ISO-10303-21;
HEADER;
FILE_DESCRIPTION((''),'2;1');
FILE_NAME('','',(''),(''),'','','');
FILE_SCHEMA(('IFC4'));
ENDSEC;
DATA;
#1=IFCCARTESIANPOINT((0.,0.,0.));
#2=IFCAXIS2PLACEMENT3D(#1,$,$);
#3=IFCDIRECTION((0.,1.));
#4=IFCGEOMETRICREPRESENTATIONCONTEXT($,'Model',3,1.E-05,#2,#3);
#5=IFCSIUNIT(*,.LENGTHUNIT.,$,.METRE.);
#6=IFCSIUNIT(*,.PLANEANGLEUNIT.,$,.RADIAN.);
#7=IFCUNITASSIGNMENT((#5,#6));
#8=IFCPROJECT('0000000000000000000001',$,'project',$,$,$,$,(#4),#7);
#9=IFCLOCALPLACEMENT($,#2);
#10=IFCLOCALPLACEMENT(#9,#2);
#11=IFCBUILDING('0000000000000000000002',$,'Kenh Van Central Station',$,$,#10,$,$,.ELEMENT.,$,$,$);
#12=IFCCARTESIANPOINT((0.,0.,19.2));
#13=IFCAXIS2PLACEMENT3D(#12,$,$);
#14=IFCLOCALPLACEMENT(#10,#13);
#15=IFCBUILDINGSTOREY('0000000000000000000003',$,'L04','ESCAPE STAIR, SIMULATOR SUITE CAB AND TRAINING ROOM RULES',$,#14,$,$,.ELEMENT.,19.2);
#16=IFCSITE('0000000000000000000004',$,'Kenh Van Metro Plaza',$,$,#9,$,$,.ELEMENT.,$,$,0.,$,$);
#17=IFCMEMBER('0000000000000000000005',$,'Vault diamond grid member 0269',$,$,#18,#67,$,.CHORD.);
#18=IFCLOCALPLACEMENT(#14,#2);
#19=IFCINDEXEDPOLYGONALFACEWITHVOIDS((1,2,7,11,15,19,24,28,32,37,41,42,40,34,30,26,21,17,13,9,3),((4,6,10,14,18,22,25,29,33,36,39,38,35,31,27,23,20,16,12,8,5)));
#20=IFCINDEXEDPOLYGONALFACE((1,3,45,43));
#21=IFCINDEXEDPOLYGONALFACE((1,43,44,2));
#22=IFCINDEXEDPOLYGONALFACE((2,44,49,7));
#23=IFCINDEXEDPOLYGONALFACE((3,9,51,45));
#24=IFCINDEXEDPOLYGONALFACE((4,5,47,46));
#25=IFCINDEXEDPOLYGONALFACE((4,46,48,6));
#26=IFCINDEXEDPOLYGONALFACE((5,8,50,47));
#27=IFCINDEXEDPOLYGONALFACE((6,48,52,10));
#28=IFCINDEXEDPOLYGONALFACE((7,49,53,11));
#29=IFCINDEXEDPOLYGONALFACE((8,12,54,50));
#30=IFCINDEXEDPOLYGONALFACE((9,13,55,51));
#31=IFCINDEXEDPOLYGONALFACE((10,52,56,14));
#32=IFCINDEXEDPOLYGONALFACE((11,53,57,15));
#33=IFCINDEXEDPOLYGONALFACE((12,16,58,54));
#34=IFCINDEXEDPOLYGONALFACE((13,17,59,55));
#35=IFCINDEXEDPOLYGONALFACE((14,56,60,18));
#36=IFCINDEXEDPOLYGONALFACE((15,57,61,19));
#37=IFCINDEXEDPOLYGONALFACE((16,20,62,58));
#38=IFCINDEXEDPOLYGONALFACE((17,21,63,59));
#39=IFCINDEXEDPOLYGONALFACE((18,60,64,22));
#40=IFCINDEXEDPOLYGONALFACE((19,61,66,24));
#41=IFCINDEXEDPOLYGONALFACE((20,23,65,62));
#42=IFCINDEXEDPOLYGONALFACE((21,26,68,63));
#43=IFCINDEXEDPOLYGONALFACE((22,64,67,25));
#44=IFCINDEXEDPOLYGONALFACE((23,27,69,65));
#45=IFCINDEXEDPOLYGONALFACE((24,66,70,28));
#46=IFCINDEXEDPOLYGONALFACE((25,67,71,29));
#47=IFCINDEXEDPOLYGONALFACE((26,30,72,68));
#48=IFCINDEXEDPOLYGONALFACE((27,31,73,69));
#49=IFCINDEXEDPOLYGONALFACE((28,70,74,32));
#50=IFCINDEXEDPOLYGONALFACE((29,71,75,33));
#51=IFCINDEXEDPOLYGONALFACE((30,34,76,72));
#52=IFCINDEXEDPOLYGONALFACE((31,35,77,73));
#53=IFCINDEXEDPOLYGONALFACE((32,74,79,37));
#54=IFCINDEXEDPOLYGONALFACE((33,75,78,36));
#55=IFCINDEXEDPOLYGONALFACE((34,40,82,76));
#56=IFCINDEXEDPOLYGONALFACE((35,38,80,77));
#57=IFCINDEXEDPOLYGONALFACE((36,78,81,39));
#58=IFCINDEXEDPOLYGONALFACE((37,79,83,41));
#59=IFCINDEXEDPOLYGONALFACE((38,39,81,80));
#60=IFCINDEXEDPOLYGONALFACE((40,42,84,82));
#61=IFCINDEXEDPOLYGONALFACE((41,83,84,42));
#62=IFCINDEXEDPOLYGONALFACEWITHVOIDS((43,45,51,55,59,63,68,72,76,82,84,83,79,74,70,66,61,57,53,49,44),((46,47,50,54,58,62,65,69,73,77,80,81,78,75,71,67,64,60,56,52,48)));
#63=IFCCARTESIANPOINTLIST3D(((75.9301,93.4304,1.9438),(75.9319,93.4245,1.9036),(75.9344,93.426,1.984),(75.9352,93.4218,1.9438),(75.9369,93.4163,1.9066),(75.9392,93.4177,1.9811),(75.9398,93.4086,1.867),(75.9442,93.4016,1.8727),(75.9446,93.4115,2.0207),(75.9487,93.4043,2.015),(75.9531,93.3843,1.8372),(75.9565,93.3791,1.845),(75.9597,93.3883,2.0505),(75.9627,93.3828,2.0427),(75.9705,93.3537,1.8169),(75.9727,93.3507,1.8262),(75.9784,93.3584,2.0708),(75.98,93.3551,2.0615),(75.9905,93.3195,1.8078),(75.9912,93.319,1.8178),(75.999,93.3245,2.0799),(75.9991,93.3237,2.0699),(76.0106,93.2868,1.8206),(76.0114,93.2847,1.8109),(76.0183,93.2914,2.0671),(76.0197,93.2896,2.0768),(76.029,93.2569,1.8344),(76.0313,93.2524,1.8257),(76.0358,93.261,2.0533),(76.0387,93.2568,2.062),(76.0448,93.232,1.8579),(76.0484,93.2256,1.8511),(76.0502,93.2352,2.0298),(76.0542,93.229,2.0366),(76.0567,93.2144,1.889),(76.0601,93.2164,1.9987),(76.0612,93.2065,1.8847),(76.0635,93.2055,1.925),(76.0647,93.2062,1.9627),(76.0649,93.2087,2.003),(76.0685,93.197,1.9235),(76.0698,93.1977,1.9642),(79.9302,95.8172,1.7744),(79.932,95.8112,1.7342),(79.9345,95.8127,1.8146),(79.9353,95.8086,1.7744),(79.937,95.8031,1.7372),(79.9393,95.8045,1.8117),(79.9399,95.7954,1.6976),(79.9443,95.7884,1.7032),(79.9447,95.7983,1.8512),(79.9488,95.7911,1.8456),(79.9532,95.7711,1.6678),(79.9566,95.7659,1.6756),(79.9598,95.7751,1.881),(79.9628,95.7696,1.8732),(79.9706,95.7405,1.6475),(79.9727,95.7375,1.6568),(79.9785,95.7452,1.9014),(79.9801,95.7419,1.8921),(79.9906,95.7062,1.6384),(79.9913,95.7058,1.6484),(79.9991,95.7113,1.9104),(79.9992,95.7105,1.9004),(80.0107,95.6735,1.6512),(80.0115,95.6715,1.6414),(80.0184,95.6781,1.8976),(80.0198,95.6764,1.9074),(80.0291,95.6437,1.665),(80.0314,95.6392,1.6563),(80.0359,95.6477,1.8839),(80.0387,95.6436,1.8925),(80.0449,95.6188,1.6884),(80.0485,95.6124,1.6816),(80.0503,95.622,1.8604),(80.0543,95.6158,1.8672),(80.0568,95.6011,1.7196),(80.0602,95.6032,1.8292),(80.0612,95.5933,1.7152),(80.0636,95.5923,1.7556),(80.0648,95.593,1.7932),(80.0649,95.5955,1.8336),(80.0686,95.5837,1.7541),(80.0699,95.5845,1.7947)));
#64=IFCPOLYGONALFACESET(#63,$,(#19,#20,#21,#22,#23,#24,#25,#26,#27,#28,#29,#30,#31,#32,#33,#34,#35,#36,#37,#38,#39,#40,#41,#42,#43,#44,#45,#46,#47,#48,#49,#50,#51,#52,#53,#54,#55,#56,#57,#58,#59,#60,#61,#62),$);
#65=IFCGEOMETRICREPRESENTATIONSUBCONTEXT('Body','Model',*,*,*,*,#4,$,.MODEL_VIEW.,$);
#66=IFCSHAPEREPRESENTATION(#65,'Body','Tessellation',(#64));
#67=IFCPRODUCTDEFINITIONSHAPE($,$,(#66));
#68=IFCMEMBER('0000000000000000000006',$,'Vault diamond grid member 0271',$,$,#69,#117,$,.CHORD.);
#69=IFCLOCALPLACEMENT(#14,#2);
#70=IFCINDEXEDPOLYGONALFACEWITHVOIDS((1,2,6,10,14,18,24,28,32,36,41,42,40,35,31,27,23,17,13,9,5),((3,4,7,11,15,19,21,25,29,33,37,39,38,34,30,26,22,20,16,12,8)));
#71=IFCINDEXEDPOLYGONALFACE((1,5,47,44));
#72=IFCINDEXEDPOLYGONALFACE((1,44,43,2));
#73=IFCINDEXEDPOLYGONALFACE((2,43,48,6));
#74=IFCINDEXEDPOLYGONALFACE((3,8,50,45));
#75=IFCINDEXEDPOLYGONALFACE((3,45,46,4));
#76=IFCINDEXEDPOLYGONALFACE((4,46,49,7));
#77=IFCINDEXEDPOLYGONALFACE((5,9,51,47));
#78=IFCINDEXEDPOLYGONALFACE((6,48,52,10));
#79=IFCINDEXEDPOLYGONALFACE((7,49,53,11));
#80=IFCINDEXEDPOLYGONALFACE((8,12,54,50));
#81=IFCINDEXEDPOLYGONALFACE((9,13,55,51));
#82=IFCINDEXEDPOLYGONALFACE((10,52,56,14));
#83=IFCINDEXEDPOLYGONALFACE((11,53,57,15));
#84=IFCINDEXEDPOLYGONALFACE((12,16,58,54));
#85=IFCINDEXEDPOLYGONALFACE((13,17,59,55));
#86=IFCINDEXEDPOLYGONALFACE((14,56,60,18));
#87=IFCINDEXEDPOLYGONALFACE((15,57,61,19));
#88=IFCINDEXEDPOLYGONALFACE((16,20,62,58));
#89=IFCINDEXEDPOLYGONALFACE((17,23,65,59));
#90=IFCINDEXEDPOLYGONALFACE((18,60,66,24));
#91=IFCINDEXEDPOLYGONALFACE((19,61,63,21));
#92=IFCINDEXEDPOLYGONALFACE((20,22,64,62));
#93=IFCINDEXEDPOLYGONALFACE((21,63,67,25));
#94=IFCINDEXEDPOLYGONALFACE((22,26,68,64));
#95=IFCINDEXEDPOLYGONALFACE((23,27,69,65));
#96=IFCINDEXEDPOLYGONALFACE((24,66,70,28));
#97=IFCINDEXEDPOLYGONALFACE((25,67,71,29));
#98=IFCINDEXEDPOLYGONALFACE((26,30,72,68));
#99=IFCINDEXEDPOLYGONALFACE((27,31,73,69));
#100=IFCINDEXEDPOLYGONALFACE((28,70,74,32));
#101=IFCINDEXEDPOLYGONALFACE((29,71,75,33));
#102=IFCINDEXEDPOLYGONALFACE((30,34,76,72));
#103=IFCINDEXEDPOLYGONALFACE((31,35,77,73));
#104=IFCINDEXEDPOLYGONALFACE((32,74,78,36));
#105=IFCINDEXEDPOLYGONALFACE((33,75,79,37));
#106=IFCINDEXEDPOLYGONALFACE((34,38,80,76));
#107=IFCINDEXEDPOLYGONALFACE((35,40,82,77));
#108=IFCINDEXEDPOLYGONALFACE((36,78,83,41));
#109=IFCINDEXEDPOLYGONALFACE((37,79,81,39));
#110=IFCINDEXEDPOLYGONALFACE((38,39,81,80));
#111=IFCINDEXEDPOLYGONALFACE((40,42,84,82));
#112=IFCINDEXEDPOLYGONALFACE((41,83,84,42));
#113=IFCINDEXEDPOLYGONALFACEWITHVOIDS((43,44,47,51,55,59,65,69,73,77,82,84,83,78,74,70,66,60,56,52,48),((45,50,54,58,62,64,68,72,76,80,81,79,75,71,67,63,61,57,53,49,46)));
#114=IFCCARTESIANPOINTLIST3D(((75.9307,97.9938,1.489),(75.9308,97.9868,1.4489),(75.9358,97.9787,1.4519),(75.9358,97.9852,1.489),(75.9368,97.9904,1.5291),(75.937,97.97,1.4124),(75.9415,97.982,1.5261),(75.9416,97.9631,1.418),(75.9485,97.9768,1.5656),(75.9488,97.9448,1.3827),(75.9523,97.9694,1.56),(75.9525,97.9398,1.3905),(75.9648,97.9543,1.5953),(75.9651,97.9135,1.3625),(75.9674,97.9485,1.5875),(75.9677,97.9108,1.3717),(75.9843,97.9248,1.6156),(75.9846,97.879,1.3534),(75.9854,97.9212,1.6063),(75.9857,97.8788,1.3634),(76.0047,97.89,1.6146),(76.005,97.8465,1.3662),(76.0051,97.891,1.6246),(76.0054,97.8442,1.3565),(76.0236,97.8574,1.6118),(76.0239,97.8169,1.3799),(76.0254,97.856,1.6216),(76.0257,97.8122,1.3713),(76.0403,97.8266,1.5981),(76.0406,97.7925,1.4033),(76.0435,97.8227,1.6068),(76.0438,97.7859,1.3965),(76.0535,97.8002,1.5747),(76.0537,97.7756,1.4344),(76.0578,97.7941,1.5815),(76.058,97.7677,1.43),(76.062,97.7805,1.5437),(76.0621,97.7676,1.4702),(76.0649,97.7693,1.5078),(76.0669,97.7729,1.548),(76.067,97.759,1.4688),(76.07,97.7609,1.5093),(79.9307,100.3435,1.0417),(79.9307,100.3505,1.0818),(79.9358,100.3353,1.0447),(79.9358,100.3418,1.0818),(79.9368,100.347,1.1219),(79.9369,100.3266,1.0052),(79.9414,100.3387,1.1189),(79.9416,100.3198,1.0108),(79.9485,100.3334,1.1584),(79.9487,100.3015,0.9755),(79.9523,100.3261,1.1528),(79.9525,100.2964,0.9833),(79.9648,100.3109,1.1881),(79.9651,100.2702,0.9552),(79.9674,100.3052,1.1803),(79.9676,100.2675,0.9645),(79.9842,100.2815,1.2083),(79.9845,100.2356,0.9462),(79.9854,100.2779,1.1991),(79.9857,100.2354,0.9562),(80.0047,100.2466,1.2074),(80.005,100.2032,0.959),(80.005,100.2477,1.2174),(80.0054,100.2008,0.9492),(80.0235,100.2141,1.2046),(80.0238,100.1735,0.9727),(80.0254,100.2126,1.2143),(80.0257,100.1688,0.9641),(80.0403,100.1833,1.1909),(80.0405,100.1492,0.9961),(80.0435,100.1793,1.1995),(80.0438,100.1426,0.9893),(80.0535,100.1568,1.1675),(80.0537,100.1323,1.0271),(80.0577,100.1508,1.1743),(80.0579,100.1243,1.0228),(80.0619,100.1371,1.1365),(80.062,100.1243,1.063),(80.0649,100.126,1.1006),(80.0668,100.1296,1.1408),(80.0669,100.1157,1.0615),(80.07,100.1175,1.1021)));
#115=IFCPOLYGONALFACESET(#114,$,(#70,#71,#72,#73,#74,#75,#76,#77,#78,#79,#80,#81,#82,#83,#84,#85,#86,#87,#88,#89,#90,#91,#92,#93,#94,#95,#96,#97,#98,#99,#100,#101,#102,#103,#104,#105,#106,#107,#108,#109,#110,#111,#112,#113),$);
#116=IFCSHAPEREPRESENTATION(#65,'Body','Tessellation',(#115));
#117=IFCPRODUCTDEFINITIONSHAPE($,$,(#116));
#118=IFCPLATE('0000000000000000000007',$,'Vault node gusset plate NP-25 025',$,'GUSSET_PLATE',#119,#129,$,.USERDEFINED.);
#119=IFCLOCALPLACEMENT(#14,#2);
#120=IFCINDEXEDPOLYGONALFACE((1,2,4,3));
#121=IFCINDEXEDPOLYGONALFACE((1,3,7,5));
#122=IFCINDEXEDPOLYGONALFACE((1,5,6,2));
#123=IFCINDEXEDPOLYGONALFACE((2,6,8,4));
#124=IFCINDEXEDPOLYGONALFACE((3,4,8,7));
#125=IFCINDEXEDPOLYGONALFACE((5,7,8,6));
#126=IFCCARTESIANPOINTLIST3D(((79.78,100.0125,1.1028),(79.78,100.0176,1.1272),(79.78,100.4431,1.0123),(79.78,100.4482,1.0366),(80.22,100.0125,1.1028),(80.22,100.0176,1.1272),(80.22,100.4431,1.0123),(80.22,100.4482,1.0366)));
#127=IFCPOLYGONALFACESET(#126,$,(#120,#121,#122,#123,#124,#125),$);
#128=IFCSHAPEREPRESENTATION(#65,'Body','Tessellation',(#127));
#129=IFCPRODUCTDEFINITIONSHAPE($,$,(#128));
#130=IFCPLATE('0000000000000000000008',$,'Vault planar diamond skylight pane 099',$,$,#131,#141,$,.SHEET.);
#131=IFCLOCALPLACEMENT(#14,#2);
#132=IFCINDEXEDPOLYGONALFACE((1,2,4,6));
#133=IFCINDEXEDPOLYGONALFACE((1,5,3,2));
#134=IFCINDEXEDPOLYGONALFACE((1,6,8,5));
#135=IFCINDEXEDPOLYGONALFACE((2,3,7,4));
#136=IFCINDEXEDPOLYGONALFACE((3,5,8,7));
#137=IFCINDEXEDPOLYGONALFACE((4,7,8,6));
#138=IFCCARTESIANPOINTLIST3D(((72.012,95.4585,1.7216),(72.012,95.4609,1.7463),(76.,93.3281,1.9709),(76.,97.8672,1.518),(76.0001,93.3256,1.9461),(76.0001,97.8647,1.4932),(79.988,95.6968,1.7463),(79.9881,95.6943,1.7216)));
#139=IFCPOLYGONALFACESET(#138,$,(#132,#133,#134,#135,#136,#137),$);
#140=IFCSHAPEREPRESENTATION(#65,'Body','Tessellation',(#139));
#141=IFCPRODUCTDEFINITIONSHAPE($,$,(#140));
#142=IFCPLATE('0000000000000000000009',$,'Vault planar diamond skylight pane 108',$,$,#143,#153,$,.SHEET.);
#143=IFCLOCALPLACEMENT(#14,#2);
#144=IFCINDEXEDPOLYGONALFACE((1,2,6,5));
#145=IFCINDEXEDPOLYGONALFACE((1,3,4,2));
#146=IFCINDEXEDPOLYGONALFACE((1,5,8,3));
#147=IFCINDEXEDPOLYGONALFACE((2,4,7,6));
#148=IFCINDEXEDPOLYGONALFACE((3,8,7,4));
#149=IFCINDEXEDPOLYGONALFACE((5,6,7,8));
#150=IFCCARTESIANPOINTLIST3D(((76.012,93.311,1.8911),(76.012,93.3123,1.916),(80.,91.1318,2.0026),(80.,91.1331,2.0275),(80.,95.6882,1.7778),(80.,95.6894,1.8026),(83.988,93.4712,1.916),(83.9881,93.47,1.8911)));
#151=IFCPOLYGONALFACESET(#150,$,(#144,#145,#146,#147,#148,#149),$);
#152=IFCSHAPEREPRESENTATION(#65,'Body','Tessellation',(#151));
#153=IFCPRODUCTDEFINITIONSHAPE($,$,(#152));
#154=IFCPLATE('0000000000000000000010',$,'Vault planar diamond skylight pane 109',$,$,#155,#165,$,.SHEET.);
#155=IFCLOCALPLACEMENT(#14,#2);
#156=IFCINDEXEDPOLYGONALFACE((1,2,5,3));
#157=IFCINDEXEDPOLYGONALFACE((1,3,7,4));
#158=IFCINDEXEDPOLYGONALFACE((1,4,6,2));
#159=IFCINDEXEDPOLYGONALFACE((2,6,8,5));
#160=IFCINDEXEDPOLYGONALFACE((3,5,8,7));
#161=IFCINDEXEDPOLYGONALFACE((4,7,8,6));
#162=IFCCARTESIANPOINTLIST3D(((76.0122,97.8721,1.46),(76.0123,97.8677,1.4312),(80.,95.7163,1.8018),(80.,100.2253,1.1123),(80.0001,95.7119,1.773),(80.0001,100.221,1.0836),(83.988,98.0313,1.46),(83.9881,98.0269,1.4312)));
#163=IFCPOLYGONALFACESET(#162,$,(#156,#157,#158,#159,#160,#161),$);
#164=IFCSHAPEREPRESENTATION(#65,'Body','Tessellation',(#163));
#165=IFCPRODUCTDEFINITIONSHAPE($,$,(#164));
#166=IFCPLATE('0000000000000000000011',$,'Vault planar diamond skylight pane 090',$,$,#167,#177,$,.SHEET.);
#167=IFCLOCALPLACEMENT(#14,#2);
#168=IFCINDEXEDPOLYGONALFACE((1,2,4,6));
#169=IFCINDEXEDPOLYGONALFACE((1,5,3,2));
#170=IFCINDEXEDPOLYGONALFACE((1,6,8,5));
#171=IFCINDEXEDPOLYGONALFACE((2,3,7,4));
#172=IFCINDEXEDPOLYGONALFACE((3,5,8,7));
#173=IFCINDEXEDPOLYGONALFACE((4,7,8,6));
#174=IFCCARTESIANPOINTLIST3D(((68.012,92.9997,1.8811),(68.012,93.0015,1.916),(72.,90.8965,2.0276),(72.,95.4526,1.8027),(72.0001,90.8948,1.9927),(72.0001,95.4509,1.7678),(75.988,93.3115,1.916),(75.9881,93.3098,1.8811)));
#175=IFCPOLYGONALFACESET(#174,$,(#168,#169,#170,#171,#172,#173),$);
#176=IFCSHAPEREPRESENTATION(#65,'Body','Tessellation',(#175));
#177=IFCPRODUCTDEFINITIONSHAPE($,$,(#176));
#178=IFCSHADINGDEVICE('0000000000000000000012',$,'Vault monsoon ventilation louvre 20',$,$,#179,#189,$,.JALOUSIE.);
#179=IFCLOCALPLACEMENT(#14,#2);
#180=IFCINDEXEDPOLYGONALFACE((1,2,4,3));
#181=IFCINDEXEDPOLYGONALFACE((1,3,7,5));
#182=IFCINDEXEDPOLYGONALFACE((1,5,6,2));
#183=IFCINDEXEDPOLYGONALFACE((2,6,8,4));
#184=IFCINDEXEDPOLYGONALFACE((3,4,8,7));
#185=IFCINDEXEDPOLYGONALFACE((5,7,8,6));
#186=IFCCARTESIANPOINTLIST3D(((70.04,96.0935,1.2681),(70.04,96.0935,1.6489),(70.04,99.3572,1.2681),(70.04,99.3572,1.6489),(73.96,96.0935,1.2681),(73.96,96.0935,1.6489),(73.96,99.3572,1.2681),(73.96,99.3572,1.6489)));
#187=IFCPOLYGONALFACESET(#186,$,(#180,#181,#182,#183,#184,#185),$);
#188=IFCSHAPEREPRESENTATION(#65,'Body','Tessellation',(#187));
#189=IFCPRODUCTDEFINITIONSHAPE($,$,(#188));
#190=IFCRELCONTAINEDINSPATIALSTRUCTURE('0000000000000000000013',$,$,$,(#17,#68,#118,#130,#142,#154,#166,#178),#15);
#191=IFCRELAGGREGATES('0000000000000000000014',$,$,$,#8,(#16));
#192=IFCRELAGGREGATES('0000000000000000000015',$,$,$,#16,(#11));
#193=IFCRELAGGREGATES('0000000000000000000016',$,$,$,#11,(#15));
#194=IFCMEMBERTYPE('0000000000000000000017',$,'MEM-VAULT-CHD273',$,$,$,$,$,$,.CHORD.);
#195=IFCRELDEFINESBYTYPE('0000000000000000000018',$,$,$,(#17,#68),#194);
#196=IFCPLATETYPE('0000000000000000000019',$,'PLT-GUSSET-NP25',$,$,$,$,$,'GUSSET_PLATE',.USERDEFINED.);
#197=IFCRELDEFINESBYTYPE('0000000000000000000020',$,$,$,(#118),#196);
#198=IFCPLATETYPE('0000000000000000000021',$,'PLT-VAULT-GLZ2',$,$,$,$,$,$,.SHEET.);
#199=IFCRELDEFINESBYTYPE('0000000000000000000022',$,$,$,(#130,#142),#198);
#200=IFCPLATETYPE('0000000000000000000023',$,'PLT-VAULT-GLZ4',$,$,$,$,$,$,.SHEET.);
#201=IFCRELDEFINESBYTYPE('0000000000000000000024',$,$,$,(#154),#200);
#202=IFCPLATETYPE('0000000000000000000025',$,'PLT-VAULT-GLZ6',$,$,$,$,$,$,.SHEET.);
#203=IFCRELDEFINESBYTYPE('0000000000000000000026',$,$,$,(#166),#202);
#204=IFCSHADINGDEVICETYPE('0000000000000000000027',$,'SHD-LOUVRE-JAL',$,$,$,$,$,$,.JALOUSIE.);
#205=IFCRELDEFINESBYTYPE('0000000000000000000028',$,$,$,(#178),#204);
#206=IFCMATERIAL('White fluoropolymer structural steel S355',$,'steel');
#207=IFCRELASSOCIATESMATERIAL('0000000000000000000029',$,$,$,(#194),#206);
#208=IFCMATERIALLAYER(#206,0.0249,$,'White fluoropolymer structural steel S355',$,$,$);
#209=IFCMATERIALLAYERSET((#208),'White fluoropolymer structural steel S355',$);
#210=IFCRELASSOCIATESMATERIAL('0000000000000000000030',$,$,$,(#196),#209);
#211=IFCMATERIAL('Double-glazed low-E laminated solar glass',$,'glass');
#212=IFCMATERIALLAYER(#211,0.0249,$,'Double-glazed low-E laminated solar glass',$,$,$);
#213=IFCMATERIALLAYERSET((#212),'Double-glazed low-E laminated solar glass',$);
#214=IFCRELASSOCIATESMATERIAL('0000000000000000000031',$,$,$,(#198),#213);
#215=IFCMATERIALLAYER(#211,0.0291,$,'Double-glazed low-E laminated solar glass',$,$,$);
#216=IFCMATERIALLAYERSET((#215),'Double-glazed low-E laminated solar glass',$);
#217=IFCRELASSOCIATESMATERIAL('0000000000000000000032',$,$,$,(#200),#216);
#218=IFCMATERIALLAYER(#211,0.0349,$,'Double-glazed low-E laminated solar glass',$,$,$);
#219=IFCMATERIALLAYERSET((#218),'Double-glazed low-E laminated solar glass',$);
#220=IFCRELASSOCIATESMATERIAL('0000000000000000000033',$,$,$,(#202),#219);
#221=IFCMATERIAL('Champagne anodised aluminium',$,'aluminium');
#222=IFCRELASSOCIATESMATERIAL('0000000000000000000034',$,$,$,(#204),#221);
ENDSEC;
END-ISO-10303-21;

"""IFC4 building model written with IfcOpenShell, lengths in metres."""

from ifc_helpers import new_model, si_unit, direction, frame, origin, origin_2d, place, context, subcontext, project, spatial, polyline, rectangle, hollow_circle, outline, extrude, material, layer, layer_set, material_profile, profile_set, type_object, element, save


model = new_model("IFC4")

# Units and contexts
model_context = context("Model", 3, precision=1e-05, world=origin(), true_north=direction((0.0, 1.0)))
body_context = subcontext(model_context, "Body", "Model", "MODEL_VIEW")
ifc_project = project(units=[si_unit("LENGTHUNIT", "METRE"), si_unit("PLANEANGLEUNIT", "RADIAN")], contexts=[model_context])

# Site, building, storey
site_placement = place(None, origin())
site = spatial("IfcSite", under=ifc_project, at=site_placement, Name="Kenh Van Metro Plaza", CompositionType="ELEMENT", RefElevation=0.0)
building_placement = place(site_placement, origin())
building = spatial("IfcBuilding", under=site, at=building_placement, Name="Kenh Van Central Station", CompositionType="ELEMENT")
storey_placement = place(building_placement, frame((0.0, 0.0, 19.2)))
storey = spatial("IfcBuildingStorey", under=building, at=storey_placement, Name="L04", Description="ESCAPE STAIR, SIMULATOR SUITE CAB AND TRAINING ROOM RULES", CompositionType="ELEMENT", Elevation=19.2)

# Shared definitions
ifc_material_1 = material(Name="White fluoropolymer structural steel S355", Category="steel")

# Members
ifc_material_profile_1 = material_profile(ifc_material_1, hollow_circle(Radius=0.1365, WallThickness=0.01, at=origin_2d()), Name="CHS 273x10")
ifc_profile_set_1 = profile_set([ifc_material_profile_1], Name="White fluoropolymer structural steel S355")
member_type_1 = type_object("IfcMemberType", Name="MEM-VAULT-CHD273", PredefinedType="CHORD", material=ifc_profile_set_1)
member_1_placement = place(storey_placement, frame((76.0, 93.3132, 1.9438), z_axis=(0.858181, 0.512059, -0.036351), x_axis=(-0.512398, 0.858748, 0.0)))
element("IfcMember", 1, at=member_1_placement, inside=storey, type_object=member_type_1, Name="Vault diamond grid member 0269", PredefinedType="CHORD", context=body_context, shape_type="SweptSolid", body=[
    extrude(hollow_circle(Radius=0.1365, WallThickness=0.01, at=origin_2d()), origin(), (0.0, 0.0, 1.0), 4.6611),
])
member_2_placement = place(storey_placement, frame((76.0, 97.8762, 1.489), z_axis=(0.858286, 0.505678, -0.087379), x_axis=(-0.50762, 0.861581, 0.0)))
element("IfcMember", 2, at=member_2_placement, inside=storey, type_object=member_type_1, Name="Vault diamond grid member 0271", PredefinedType="CHORD", context=body_context, shape_type="SweptSolid", body=[
    extrude(hollow_circle(Radius=0.1365, WallThickness=0.01, at=origin_2d()), origin(), (0.0, 0.0, 1.0), 4.6604),
])

# Plates
ifc_layer_1 = layer(ifc_material_1, 0.0249, Name="White fluoropolymer structural steel S355")
ifc_layer_set_1 = layer_set([ifc_layer_1], Name="White fluoropolymer structural steel S355")
plate_type_1 = type_object("IfcPlateType", Name="PLT-GUSSET-NP25", ElementType="GUSSET_PLATE", PredefinedType="USERDEFINED", material=ifc_layer_set_1)
plate_1_placement = place(storey_placement, frame((79.78, 100.0176, 1.1272), z_axis=(0.0, 0.205815, 0.978591), x_axis=(1.0, 0.0, 0.0)))
element("IfcPlate", 3, at=plate_1_placement, inside=storey, type_object=plate_type_1, Name="Vault node gusset plate NP-25 025", ObjectType="GUSSET_PLATE", PredefinedType="USERDEFINED", context=body_context, shape_type="SweptSolid", body=[
    extrude(outline(polyline([(0.0, 0.0), (0.4399, 0.0), (0.4399, 0.4401), (0.0, 0.4401), (0.0, 0.0)])), origin(), (0.0, 0.0, -1.0), 0.0249),
])
ifc_material_2 = material(Name="Double-glazed low-E laminated solar glass", Category="glass")
ifc_layer_2 = layer(ifc_material_2, 0.0249, Name="Double-glazed low-E laminated solar glass")
ifc_layer_set_2 = layer_set([ifc_layer_2], Name="Double-glazed low-E laminated solar glass")
plate_type_2 = type_object("IfcPlateType", Name="PLT-VAULT-GLZ2", PredefinedType="SHEET", material=ifc_layer_set_2)
plate_2_placement = place(storey_placement, frame((72.012, 95.4609, 1.7463), z_axis=(-0.002936, 0.099281, 0.995055), x_axis=(0.880729, -0.471017, 0.049594)))
element("IfcPlate", 4, at=plate_2_placement, inside=storey, type_object=plate_type_2, Name="Vault planar diamond skylight pane 099", PredefinedType="SHEET", context=body_context, shape_type="SweptSolid", body=[
    extrude(outline(polyline([(0.0, 0.0), (4.5281, 0.0), (6.9137, 3.9843), (2.3677, 4.0175), (0.0, 0.0)])), origin(), (0.0, 0.0, -1.0), 0.0249),
])
plate_3_placement = place(storey_placement, frame((76.012, 93.3123, 1.916), z_axis=(-0.000982, 0.049289, 0.998784), x_axis=(0.87727, -0.479371, 0.024519)))
element("IfcPlate", 5, at=plate_3_placement, inside=storey, type_object=plate_type_2, Name="Vault planar diamond skylight pane 108", PredefinedType="SHEET", context=body_context, shape_type="SweptSolid", body=[
    extrude(outline(polyline([(0.0, 0.0), (4.546, 0.0), (6.921, 3.9678), (2.3562, 4.0021), (0.0, 0.0)])), origin(), (0.0, 0.0, -1.0), 0.0249),
])
ifc_layer_3 = layer(ifc_material_2, 0.0291, Name="Double-glazed low-E laminated solar glass")
ifc_layer_set_3 = layer_set([ifc_layer_3], Name="Double-glazed low-E laminated solar glass")
plate_type_3 = type_object("IfcPlateType", Name="PLT-VAULT-GLZ4", PredefinedType="SHEET", material=ifc_layer_set_3)
plate_4_placement = place(storey_placement, frame((76.0122, 97.8721, 1.46), z_axis=(-0.003017, 0.151147, 0.988507), x_axis=(0.877198, -0.474205, 0.075185)))
element("IfcPlate", 6, at=plate_4_placement, inside=storey, type_object=plate_type_3, Name="Vault planar diamond skylight pane 109", PredefinedType="SHEET", context=body_context, shape_type="SweptSolid", body=[
    extrude(outline(polyline([(0.0, 0.0), (4.5461, 0.0), (6.9209, 3.9674), (2.356, 4.0013), (0.0, 0.0)])), origin(), (0.0, 0.0, -1.0), 0.0291),
])
ifc_layer_4 = layer(ifc_material_2, 0.0349, Name="Double-glazed low-E laminated solar glass")
ifc_layer_set_4 = layer_set([ifc_layer_4], Name="Double-glazed low-E laminated solar glass")
plate_type_4 = type_object("IfcPlateType", Name="PLT-VAULT-GLZ6", PredefinedType="SHEET", material=ifc_layer_set_4)
plate_5_placement = place(storey_placement, frame((68.012, 93.0015, 1.916), z_axis=(-0.001916, 0.049292, 0.998783), x_axis=(0.884097, -0.466648, 0.024726)))
element("IfcPlate", 7, at=plate_5_placement, inside=storey, type_object=plate_type_4, Name="Vault planar diamond skylight pane 090", PredefinedType="SHEET", context=body_context, shape_type="SweptSolid", body=[
    extrude(outline(polyline([(0.0, 0.0), (4.5109, 0.0), (6.9069, 4.001), (2.3792, 4.033), (0.0, 0.0)])), origin(), (0.0, 0.0, -1.0), 0.0349),
])

# Shading device
ifc_material_3 = material(Name="Champagne anodised aluminium", Category="aluminium")
shading_device_type = type_object("IfcShadingDeviceType", Name="SHD-LOUVRE-JAL", PredefinedType="JALOUSIE", material=ifc_material_3)
shading_device_1_placement = place(storey_placement, frame((72.0, 97.7253, 1.2681), z_axis=(0.0, 0.0, 1.0), x_axis=(1.0, 0.0, 0.0)))
element("IfcShadingDevice", 8, at=shading_device_1_placement, inside=storey, type_object=shading_device_type, Name="Vault monsoon ventilation louvre 20", PredefinedType="JALOUSIE", context=body_context, shape_type="SweptSolid", body=[
    extrude(rectangle(XDim=3.9199, YDim=3.2637, at=origin_2d()), origin(), (0.0, 0.0, 1.0), 0.3809),
])

save(model, "model.ifc")
